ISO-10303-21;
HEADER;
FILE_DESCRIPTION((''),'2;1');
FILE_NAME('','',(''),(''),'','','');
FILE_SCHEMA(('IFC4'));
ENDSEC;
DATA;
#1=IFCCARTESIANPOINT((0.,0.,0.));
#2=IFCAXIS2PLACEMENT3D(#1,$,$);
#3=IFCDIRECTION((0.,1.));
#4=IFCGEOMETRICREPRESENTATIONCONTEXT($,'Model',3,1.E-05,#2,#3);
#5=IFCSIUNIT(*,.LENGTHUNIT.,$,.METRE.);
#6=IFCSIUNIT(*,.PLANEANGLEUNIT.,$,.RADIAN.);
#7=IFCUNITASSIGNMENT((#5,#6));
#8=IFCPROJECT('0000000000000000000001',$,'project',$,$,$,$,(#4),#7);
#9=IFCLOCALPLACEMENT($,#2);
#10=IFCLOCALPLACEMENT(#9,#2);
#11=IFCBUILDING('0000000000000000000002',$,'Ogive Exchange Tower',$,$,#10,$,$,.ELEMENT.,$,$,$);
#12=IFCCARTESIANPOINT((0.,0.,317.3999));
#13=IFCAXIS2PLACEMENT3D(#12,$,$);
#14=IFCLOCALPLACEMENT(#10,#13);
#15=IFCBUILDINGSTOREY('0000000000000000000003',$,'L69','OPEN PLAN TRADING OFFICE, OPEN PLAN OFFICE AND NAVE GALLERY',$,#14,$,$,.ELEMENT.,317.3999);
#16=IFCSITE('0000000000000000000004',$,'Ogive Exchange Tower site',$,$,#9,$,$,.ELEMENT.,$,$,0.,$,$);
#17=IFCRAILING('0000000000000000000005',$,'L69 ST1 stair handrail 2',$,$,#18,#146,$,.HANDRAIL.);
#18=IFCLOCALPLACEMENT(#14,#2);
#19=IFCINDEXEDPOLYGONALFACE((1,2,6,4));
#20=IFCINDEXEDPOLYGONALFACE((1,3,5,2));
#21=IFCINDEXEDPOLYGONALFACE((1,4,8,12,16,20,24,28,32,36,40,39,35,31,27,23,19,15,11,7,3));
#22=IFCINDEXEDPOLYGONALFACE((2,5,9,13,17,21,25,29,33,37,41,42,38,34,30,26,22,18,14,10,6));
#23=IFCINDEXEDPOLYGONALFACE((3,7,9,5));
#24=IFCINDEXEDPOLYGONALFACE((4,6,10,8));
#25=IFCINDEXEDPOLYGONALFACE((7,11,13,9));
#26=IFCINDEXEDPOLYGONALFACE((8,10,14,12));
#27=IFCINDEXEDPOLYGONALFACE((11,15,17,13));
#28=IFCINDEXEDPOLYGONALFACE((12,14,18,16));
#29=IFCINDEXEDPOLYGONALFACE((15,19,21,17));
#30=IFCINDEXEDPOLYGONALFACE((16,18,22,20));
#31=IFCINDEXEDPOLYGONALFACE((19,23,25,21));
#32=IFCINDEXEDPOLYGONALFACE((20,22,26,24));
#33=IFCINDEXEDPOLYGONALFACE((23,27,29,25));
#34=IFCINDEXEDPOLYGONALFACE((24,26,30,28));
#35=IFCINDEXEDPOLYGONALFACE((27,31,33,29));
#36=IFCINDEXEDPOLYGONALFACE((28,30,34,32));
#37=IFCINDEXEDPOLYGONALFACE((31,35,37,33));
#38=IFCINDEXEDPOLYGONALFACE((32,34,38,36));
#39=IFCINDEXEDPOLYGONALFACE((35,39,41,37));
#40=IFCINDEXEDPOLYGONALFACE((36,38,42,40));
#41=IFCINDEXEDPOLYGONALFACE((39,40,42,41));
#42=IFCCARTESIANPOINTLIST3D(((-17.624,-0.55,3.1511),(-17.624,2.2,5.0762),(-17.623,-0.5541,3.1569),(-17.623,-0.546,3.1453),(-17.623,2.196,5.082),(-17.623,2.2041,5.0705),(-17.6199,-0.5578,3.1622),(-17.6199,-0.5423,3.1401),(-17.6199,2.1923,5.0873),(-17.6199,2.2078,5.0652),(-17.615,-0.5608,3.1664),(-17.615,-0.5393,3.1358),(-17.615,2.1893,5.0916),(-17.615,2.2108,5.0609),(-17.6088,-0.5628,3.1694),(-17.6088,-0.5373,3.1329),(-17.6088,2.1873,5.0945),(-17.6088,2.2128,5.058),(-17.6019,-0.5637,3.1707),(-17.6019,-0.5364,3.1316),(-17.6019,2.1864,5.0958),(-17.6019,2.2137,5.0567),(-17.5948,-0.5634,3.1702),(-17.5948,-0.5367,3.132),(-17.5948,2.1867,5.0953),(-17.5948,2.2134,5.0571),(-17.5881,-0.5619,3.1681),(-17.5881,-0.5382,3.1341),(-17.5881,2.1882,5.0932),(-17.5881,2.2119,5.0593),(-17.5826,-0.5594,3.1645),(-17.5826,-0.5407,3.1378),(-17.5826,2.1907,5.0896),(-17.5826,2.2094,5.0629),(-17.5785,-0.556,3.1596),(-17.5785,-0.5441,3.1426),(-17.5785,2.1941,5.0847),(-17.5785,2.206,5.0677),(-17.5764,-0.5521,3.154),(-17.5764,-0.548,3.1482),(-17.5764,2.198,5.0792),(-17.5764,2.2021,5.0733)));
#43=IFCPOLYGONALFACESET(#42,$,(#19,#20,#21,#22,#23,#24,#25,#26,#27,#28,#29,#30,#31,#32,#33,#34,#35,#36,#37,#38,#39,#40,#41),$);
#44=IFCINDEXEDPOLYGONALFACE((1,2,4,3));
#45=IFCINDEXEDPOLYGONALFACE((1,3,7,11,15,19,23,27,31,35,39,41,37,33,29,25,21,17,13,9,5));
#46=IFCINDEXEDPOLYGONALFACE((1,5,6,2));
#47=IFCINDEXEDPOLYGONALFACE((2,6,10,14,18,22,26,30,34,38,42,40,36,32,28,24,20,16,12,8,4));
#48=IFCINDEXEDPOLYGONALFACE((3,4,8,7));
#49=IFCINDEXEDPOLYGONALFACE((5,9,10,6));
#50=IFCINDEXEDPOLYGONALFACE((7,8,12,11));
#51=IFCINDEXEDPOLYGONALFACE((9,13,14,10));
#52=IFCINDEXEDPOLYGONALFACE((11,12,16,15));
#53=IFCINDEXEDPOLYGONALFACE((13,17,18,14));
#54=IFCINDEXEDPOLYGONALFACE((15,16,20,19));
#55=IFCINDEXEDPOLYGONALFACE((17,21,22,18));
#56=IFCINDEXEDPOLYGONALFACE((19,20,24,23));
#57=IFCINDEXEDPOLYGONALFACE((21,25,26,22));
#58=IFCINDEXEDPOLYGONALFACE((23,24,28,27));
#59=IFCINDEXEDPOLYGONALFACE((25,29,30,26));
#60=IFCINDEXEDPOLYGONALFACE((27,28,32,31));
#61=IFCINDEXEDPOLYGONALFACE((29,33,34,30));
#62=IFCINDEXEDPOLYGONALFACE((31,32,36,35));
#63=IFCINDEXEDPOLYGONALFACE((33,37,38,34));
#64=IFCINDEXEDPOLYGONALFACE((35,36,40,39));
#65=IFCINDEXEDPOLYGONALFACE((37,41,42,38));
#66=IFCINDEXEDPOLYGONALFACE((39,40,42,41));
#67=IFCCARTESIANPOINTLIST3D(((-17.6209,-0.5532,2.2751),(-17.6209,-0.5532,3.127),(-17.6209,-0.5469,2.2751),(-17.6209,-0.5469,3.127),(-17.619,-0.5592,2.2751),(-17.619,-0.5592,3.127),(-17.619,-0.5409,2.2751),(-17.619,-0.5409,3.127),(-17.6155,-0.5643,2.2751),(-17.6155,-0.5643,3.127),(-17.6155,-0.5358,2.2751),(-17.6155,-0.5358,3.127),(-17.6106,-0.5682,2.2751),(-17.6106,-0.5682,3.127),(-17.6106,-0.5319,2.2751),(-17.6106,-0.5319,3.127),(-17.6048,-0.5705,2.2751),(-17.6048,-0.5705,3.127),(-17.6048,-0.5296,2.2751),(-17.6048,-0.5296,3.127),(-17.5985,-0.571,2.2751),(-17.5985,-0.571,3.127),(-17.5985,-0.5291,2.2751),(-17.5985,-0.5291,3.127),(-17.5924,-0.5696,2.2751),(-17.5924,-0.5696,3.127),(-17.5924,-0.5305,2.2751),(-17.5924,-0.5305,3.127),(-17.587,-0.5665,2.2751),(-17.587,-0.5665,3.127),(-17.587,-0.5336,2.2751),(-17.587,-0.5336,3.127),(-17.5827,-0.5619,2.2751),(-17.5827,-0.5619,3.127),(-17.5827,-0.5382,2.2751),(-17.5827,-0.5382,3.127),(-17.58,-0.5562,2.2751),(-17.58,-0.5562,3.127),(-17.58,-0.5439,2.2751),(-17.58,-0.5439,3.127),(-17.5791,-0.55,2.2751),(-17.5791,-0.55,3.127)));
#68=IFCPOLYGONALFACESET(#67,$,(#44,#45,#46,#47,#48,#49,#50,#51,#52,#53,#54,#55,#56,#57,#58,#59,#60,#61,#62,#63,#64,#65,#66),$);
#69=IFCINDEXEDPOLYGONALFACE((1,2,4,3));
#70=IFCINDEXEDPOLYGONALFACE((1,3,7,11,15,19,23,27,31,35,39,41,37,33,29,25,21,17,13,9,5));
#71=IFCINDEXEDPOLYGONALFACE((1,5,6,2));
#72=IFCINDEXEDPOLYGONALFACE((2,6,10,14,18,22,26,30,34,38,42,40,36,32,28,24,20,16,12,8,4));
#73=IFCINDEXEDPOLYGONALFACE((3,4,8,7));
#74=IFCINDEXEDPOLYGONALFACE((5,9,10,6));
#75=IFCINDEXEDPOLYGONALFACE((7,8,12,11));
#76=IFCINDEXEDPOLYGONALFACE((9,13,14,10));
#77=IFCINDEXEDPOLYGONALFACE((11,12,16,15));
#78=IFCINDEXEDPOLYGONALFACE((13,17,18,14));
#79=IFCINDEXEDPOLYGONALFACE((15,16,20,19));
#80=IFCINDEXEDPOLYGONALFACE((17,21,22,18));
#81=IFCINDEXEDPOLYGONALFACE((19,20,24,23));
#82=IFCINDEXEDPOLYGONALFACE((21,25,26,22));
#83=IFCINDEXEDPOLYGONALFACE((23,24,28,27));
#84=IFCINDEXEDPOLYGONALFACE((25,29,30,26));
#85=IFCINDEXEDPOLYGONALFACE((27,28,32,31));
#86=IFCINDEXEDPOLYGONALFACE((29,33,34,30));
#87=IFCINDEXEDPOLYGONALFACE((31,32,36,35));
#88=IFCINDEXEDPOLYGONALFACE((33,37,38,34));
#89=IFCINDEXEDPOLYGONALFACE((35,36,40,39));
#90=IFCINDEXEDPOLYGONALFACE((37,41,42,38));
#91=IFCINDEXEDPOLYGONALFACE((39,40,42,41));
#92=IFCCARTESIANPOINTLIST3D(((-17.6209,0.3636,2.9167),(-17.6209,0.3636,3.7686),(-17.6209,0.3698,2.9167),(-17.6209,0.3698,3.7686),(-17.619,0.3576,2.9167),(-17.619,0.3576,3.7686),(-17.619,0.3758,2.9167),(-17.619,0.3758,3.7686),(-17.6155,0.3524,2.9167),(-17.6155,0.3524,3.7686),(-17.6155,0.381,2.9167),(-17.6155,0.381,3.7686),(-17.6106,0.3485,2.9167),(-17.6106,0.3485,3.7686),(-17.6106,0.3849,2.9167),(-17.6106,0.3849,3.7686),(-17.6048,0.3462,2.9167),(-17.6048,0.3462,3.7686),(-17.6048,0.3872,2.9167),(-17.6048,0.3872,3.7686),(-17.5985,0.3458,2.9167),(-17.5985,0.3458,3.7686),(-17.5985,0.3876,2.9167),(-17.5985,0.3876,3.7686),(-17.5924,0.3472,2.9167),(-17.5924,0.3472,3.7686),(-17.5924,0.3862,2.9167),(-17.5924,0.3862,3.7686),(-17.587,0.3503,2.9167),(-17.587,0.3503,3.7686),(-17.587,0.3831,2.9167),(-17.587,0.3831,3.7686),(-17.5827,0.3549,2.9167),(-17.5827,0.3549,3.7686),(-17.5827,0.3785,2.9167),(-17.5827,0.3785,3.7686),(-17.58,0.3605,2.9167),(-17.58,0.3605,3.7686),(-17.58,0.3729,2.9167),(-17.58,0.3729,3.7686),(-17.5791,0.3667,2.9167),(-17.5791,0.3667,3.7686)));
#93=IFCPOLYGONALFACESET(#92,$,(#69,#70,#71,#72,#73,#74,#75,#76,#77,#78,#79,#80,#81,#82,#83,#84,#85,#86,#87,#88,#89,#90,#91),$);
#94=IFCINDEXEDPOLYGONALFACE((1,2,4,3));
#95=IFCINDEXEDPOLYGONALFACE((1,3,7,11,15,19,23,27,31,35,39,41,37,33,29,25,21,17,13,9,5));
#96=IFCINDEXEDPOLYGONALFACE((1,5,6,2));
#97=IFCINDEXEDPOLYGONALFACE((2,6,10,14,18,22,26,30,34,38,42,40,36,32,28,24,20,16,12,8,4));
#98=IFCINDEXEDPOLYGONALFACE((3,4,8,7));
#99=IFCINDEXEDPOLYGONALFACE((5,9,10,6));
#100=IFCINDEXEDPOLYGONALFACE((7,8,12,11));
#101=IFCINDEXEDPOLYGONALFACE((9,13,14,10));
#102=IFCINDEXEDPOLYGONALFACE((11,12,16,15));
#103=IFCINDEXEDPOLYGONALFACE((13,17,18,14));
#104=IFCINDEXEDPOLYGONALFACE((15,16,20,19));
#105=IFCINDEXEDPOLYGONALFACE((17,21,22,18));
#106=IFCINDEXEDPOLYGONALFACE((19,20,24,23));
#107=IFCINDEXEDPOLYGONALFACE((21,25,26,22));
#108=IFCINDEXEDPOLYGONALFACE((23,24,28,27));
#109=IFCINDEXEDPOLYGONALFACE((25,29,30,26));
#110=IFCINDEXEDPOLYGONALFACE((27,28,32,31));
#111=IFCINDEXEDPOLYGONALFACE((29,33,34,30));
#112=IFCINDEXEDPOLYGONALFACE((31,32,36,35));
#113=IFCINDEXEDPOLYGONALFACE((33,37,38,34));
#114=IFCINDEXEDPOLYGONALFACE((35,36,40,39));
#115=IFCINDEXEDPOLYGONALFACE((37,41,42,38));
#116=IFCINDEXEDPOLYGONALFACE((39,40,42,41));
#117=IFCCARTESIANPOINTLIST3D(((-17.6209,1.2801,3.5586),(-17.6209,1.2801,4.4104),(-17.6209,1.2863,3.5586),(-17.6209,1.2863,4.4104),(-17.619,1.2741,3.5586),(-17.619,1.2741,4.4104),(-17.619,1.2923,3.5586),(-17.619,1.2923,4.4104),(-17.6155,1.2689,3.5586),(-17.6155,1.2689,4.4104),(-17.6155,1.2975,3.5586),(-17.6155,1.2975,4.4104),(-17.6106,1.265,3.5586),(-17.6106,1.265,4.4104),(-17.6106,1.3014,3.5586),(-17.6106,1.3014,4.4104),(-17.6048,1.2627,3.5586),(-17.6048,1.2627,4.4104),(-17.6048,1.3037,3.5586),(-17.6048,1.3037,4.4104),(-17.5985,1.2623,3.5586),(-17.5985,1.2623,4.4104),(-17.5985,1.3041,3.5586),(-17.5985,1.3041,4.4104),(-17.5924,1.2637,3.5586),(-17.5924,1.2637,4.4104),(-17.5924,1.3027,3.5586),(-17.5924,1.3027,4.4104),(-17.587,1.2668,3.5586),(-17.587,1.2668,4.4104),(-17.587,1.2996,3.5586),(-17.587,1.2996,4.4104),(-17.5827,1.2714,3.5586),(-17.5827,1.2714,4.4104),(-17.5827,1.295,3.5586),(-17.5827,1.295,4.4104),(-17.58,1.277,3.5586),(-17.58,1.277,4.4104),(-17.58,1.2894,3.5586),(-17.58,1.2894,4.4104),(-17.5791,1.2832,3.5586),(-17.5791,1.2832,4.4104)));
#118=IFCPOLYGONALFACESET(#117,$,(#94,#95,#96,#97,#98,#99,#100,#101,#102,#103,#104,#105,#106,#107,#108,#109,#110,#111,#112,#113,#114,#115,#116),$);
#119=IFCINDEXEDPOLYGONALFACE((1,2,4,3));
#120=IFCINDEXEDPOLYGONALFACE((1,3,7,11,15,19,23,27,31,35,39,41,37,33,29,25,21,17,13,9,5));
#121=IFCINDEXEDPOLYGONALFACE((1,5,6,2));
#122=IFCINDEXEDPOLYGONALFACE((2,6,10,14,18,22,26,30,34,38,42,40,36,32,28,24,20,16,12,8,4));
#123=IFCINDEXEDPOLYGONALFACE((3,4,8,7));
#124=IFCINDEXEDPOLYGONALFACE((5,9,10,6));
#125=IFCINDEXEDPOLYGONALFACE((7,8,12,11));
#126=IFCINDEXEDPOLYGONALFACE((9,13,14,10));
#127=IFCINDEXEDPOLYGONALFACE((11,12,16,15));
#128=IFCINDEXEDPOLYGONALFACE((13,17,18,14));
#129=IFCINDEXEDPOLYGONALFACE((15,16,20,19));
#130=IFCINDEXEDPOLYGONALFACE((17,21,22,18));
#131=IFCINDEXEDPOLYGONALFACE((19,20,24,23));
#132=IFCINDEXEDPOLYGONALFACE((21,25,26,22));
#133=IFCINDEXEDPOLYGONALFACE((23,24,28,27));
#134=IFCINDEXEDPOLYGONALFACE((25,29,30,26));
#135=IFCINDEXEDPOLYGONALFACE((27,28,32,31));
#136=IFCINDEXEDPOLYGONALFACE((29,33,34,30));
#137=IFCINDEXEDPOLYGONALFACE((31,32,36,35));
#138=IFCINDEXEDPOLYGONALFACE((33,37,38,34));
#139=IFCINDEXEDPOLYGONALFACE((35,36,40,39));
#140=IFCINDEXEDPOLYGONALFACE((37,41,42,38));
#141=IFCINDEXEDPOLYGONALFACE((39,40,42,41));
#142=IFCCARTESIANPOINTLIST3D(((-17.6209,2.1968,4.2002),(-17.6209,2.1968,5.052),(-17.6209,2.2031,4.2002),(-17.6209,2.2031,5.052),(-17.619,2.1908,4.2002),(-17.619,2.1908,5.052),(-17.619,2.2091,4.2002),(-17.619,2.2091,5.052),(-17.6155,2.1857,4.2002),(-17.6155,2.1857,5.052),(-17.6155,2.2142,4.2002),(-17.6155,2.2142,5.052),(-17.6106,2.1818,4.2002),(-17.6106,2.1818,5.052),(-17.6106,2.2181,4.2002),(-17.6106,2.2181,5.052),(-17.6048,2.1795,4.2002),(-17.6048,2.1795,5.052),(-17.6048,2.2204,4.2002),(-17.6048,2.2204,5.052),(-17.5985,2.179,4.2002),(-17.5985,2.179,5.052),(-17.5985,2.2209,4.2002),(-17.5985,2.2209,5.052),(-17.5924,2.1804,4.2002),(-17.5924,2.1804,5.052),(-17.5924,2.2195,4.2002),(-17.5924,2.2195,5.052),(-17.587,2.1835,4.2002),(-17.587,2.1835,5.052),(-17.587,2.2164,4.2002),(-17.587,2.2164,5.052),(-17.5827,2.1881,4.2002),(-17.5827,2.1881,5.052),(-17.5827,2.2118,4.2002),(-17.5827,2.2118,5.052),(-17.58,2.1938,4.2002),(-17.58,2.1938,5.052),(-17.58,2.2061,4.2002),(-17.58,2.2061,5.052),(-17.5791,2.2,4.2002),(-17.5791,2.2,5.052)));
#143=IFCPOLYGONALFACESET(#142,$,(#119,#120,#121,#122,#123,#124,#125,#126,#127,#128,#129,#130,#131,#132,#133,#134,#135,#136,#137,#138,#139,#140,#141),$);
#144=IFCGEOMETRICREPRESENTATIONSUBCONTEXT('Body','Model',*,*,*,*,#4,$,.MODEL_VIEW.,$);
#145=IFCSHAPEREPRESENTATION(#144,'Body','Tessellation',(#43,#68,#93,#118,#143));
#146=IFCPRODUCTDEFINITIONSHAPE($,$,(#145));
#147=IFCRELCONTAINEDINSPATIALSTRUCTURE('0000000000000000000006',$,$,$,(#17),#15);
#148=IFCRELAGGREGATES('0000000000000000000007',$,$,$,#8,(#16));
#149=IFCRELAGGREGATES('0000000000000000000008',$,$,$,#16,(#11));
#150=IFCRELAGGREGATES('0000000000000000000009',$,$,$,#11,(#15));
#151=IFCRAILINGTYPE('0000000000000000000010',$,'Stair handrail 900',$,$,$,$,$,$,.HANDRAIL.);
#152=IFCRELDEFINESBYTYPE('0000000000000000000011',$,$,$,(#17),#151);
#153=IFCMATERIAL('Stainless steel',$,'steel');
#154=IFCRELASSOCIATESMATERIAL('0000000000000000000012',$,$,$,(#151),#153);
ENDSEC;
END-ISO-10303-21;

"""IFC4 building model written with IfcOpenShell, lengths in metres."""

from ifc_helpers import new_model, si_unit, direction, frame, origin, origin_2d, place, context, subcontext, project, spatial, circle, extrude, material, type_object, element, save


model = new_model("IFC4")

# Units and contexts
model_context = context("Model", 3, precision=1e-05, world=origin(), true_north=direction((0.0, 1.0)))
body_context = subcontext(model_context, "Body", "Model", "MODEL_VIEW")
ifc_project = project(units=[si_unit("LENGTHUNIT", "METRE"), si_unit("PLANEANGLEUNIT", "RADIAN")], contexts=[model_context])

# Site, building, storey
site_placement = place(None, origin())
site = spatial("IfcSite", under=ifc_project, at=site_placement, Name="Ogive Exchange Tower site", CompositionType="ELEMENT", RefElevation=0.0)
building_placement = place(site_placement, origin())
building = spatial("IfcBuilding", under=site, at=building_placement, Name="Ogive Exchange Tower", CompositionType="ELEMENT")
storey_placement = place(building_placement, frame((0.0, 0.0, 317.3999)))
storey = spatial("IfcBuildingStorey", under=building, at=storey_placement, Name="L69", Description="OPEN PLAN TRADING OFFICE, OPEN PLAN OFFICE AND NAVE GALLERY", CompositionType="ELEMENT", Elevation=317.3999)

# Shared definitions
ifc_material_1 = material(Name="Stainless steel", Category="steel")

# Railing
railing_type = type_object("IfcRailingType", Name="Stair handrail 900", PredefinedType="HANDRAIL", material=ifc_material_1)
railing_placement = place(storey_placement, frame((-17.6001, -0.55, 2.2751)))
element("IfcRailing", 1, at=railing_placement, inside=storey, type_object=railing_type, Name="L69 ST1 stair handrail 2", PredefinedType="HANDRAIL", context=body_context, shape_type="SweptSolid", body=[
    extrude(circle(Radius=0.0239, at=origin_2d()), frame((0.0, 0.0, 0.876), z_axis=(0.0, 0.819225, 0.573472), x_axis=(-1.0, 0.0, 0.0)), (0.0, 0.0, 1.0), 3.3569),
    extrude(circle(Radius=0.021, at=origin_2d()), origin(), (0.0, 0.0, 1.0), 0.8518),
    extrude(circle(Radius=0.021, at=origin_2d()), frame((0.0, 0.9167, 0.6416)), (0.0, 0.0, 1.0), 0.8518),
    extrude(circle(Radius=0.021, at=origin_2d()), frame((0.0, 1.8333, 1.2834)), (0.0, 0.0, 1.0), 0.8518),
    extrude(circle(Radius=0.021, at=origin_2d()), frame((0.0, 2.75, 1.925)), (0.0, 0.0, 1.0), 0.8518),
])

save(model, "model.ifc")
